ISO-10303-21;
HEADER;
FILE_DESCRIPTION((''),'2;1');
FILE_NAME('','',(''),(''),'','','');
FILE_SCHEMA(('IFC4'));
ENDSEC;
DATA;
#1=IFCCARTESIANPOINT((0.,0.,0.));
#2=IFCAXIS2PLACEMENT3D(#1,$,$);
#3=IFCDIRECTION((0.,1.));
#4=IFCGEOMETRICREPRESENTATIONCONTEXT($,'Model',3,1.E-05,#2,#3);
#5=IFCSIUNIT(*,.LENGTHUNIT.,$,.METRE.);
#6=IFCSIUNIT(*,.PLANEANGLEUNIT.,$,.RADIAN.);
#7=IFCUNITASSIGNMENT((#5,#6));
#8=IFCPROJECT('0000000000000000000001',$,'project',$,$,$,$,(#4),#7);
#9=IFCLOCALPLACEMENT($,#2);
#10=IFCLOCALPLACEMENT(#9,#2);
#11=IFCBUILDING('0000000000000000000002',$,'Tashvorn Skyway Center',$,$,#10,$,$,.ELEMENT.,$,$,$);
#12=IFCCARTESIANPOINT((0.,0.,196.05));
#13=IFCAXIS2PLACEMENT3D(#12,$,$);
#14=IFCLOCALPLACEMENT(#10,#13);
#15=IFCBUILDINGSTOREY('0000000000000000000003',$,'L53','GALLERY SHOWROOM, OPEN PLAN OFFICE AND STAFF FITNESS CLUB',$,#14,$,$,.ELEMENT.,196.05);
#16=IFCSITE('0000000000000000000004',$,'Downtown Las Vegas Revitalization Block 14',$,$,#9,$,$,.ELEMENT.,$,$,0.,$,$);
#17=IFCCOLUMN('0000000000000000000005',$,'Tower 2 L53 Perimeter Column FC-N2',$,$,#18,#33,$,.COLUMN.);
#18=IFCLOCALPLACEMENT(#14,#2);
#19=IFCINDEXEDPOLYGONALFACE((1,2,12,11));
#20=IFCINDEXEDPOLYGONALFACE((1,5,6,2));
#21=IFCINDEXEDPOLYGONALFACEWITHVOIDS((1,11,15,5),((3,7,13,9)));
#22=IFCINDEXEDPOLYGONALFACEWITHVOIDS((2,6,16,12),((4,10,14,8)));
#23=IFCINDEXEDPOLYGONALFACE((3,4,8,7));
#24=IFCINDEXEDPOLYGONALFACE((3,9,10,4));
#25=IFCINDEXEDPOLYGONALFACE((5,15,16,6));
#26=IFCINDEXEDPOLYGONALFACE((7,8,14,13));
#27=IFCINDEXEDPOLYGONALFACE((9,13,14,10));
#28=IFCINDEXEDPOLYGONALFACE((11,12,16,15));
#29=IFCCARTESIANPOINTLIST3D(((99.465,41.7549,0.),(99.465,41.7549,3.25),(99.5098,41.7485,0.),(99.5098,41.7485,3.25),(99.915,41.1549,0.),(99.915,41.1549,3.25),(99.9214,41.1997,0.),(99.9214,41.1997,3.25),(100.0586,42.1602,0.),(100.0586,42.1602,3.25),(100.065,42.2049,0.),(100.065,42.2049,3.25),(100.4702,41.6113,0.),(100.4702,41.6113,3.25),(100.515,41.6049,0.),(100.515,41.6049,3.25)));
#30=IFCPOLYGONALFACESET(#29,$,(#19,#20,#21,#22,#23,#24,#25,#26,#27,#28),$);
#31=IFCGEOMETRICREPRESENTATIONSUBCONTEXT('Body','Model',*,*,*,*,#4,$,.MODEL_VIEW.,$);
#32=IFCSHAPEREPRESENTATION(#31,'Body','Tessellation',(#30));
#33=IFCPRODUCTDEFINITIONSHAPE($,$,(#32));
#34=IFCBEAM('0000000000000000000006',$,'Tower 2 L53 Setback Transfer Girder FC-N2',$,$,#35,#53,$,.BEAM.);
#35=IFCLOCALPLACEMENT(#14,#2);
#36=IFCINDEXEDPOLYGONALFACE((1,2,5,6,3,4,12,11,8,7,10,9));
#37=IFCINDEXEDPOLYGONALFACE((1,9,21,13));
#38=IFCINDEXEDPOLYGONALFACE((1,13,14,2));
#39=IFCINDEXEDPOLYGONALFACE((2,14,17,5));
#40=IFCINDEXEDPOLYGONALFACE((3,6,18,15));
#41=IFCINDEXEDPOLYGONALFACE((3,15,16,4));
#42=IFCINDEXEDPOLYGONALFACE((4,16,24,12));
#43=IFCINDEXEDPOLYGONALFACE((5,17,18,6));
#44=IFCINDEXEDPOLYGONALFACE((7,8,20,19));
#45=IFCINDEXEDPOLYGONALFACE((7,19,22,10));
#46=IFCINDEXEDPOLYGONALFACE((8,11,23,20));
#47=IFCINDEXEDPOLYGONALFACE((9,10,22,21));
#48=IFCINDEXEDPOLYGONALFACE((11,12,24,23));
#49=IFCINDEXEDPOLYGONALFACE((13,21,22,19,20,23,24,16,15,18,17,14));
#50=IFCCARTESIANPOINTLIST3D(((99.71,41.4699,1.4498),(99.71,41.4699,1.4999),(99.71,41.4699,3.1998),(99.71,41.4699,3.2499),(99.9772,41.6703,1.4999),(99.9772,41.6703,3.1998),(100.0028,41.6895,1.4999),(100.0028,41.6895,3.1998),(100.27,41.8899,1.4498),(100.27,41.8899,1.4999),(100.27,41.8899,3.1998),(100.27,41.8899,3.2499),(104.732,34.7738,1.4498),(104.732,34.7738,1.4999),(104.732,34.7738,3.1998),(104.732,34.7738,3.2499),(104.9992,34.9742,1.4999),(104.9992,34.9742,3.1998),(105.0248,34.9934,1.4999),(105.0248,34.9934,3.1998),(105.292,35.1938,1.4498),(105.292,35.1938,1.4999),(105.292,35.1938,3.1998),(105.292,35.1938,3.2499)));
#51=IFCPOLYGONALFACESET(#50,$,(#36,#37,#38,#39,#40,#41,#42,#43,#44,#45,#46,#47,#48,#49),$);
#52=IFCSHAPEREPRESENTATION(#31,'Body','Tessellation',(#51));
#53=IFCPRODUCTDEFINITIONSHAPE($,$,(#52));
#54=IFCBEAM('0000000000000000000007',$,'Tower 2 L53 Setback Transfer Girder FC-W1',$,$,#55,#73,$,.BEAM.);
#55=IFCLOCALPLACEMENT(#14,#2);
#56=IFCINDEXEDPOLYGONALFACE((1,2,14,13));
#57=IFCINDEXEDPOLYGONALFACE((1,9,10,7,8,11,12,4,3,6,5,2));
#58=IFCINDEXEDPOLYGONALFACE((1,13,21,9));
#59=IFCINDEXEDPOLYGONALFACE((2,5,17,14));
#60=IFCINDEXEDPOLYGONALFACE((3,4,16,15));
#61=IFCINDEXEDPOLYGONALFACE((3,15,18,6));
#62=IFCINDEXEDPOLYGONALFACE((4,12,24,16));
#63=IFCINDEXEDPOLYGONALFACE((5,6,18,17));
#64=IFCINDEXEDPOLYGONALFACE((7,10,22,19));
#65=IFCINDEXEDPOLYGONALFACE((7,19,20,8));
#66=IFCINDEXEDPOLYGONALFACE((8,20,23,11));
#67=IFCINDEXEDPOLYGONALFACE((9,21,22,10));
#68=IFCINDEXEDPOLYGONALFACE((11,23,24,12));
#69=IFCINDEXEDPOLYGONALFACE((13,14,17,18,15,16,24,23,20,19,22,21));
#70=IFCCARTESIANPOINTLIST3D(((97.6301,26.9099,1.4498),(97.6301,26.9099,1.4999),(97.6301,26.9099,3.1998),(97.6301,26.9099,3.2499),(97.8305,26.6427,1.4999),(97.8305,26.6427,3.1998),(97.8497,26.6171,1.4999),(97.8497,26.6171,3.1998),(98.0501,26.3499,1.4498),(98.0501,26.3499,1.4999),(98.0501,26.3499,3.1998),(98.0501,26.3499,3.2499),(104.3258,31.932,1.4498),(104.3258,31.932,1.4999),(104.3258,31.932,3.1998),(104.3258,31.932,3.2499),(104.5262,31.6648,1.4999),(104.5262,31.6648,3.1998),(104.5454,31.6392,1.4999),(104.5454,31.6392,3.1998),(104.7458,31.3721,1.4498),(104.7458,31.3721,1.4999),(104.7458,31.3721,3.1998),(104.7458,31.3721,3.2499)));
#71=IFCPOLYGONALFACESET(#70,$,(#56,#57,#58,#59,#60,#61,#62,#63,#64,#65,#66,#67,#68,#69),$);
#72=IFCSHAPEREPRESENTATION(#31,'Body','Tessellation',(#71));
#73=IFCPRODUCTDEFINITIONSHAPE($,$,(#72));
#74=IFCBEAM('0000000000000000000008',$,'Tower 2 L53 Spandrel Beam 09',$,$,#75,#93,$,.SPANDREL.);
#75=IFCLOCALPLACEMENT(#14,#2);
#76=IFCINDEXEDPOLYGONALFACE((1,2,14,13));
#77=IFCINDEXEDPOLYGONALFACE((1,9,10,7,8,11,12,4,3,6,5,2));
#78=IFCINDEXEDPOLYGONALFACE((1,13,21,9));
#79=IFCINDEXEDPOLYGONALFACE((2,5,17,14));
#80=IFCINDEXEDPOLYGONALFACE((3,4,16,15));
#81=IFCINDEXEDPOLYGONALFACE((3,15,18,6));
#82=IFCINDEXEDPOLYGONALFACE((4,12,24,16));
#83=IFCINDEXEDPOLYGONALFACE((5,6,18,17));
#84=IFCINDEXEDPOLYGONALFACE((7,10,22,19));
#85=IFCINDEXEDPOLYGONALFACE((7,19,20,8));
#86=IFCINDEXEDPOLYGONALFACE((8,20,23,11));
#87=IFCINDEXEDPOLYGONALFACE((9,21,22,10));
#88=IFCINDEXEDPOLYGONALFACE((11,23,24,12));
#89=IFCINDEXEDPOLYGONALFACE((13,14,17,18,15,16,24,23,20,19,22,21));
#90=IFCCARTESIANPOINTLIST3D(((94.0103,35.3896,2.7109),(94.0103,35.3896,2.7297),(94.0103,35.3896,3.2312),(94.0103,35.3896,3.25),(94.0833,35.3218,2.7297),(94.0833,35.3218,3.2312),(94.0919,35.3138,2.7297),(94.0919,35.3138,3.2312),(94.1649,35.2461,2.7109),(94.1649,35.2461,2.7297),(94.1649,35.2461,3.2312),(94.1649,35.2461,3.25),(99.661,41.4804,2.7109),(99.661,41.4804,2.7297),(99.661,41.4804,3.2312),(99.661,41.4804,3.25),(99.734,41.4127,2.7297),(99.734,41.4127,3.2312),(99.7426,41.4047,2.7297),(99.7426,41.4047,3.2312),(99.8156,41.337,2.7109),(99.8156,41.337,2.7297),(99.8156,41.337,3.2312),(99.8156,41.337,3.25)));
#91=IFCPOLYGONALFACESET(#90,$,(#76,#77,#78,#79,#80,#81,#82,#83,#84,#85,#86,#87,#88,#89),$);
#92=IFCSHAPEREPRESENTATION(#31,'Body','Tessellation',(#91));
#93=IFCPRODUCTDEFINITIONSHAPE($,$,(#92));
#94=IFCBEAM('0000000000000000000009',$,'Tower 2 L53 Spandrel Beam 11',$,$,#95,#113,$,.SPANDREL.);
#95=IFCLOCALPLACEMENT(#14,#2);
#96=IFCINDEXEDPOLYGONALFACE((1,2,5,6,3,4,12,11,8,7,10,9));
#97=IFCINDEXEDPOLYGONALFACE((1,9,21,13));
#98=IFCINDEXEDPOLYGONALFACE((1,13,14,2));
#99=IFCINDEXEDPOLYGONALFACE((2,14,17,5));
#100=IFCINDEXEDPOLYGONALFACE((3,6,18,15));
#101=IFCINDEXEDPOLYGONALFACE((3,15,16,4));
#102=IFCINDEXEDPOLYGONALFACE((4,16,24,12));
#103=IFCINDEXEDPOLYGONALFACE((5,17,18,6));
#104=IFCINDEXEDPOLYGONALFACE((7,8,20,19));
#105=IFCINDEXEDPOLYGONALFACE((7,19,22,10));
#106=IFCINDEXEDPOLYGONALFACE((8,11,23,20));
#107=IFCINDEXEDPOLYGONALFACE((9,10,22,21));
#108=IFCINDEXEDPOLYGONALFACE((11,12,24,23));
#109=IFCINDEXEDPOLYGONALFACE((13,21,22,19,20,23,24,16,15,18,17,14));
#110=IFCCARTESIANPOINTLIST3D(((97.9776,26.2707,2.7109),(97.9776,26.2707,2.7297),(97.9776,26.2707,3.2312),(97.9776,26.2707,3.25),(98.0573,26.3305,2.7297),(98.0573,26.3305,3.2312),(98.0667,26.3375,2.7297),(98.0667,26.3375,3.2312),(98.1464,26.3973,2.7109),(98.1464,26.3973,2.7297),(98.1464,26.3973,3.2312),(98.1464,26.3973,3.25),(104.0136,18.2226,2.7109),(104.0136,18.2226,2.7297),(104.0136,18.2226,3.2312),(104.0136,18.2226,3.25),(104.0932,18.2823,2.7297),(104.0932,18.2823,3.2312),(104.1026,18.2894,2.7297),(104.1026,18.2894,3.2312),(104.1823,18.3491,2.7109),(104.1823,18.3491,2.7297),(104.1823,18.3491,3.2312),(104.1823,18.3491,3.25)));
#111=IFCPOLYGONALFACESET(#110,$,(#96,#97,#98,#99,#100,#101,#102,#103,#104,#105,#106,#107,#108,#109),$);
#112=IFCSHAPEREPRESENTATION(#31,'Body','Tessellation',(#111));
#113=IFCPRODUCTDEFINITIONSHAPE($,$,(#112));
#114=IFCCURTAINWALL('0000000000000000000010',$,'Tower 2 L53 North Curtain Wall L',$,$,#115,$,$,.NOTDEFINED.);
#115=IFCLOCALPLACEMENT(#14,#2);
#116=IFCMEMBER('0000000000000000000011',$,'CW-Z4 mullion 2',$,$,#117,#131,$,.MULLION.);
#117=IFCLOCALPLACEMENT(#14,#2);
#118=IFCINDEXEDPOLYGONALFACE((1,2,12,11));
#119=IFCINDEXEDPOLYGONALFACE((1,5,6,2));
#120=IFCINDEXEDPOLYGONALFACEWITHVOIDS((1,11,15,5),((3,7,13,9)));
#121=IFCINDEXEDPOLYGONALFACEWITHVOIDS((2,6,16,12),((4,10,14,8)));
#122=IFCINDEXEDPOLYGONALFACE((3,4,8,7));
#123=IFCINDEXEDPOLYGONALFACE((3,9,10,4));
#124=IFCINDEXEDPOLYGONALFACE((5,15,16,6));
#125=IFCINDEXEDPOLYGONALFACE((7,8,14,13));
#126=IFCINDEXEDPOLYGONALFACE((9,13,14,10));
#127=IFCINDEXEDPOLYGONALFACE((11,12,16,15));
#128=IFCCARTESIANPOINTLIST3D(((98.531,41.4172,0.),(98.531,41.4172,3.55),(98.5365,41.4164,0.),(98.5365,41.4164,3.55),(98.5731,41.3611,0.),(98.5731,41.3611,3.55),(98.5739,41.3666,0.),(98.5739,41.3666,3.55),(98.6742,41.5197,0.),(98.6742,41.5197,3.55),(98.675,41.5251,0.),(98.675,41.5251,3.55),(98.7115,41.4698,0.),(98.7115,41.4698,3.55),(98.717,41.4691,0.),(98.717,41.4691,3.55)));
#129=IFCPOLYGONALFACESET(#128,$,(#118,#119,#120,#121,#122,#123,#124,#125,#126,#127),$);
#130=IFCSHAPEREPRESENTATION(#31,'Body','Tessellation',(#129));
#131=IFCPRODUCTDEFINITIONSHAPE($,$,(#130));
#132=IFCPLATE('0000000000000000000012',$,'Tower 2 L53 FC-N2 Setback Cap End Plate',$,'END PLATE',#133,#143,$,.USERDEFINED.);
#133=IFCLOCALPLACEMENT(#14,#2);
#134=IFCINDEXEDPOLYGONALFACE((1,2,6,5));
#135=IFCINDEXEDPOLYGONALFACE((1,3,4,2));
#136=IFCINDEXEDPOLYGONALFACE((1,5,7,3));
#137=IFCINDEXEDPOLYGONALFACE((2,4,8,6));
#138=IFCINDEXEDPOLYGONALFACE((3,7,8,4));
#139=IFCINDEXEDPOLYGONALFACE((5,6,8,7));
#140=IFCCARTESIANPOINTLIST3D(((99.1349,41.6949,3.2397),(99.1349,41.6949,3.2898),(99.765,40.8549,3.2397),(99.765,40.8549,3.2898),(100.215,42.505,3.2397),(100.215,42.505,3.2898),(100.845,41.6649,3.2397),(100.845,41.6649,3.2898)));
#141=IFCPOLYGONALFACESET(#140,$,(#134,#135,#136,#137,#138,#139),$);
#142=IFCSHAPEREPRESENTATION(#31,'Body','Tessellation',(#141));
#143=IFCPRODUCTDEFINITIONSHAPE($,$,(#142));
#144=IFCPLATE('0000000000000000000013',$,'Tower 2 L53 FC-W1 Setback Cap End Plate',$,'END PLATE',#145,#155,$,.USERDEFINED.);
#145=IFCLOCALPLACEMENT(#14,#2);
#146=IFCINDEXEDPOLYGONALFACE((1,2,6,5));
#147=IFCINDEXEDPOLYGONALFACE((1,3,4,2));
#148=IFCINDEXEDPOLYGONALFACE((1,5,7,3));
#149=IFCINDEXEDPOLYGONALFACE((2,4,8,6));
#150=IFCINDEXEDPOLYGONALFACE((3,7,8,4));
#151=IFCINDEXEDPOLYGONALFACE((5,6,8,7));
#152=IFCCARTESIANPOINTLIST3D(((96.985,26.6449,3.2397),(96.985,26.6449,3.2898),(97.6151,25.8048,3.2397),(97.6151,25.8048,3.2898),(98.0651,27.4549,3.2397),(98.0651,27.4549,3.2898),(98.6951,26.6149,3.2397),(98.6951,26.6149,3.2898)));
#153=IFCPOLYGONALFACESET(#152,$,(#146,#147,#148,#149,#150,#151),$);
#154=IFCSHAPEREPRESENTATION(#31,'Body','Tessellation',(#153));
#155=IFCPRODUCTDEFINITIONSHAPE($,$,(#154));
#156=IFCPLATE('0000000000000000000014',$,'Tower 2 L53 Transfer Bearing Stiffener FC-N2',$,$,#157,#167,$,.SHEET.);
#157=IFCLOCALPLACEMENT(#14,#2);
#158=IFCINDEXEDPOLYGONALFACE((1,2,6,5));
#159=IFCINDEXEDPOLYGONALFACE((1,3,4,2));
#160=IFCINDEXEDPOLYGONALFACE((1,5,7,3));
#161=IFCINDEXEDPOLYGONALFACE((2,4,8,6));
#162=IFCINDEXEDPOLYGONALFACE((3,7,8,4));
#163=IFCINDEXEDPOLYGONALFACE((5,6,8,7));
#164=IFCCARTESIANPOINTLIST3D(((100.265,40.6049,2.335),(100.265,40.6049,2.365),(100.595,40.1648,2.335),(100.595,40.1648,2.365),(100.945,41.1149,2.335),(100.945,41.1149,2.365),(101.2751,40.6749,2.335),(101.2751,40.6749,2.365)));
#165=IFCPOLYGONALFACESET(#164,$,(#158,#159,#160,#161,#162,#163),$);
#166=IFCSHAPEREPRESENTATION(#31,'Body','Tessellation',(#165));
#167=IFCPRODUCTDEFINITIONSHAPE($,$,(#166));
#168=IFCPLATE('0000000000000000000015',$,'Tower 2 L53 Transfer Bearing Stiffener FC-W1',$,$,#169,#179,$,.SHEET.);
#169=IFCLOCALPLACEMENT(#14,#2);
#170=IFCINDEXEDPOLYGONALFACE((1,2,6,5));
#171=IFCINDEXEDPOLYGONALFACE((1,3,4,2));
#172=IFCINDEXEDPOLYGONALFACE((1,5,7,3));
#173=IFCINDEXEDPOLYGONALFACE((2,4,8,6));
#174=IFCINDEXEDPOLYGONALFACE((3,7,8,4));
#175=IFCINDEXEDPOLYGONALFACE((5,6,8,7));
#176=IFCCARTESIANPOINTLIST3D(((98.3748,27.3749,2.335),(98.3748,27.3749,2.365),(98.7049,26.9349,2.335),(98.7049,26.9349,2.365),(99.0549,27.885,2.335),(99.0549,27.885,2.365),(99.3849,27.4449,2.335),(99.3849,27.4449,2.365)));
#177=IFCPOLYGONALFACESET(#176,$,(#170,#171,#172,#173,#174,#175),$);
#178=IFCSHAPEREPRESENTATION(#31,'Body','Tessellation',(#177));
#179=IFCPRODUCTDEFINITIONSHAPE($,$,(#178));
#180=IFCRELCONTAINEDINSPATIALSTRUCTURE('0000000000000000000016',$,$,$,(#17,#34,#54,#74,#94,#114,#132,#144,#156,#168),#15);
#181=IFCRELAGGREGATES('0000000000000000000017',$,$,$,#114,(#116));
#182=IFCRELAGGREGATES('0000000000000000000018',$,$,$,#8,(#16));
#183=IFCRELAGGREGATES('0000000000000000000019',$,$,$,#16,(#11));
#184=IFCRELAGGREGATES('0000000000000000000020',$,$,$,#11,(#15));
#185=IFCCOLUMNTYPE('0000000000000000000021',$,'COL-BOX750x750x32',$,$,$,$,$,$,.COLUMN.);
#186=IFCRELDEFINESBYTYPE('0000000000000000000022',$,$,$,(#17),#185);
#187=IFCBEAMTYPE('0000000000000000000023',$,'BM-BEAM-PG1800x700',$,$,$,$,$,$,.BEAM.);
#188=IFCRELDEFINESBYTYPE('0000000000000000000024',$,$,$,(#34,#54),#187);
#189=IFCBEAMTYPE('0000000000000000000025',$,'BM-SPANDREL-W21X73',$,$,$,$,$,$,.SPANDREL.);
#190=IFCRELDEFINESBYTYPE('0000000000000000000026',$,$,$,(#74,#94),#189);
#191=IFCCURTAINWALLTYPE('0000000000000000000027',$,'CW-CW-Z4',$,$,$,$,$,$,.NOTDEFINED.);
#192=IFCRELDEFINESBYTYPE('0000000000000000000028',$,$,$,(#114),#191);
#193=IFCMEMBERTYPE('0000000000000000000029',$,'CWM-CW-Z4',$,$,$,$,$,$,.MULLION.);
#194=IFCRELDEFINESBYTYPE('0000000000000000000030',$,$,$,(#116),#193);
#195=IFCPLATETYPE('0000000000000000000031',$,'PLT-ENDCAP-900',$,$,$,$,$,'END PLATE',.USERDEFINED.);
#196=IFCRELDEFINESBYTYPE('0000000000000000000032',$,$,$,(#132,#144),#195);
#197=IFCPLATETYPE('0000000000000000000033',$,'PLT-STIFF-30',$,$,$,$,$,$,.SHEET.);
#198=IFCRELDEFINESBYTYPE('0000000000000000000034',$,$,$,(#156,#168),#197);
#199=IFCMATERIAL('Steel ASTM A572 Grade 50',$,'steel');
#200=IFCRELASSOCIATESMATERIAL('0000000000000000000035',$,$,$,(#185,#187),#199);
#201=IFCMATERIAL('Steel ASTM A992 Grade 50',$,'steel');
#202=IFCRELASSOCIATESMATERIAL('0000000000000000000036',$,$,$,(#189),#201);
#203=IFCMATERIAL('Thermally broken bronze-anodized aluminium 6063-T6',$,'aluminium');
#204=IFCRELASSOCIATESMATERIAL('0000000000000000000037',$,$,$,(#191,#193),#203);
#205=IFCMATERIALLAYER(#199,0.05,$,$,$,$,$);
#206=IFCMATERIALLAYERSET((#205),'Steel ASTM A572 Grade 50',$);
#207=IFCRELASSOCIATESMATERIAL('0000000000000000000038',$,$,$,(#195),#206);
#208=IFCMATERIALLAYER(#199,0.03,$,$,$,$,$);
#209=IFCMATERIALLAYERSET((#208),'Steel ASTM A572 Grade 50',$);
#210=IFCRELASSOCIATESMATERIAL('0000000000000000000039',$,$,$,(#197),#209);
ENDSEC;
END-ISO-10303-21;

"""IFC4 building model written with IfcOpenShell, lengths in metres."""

from ifc_helpers import new_model, si_unit, direction, frame, origin, origin_2d, place, context, subcontext, project, spatial, rectangle, hollow_rectangle, i_section, extrude, material, layer, layer_set, material_profile, profile_set, type_object, element, aggregate, save


model = new_model("IFC4")

# Units and contexts
model_context = context("Model", 3, precision=1e-05, world=origin(), true_north=direction((0.0, 1.0)))
body_context = subcontext(model_context, "Body", "Model", "MODEL_VIEW")
ifc_project = project(units=[si_unit("LENGTHUNIT", "METRE"), si_unit("PLANEANGLEUNIT", "RADIAN")], contexts=[model_context])

# Site, building, storey
site_placement = place(None, origin())
site = spatial("IfcSite", under=ifc_project, at=site_placement, Name="Downtown Las Vegas Revitalization Block 14", CompositionType="ELEMENT", RefElevation=0.0)
building_placement = place(site_placement, origin())
building = spatial("IfcBuilding", under=site, at=building_placement, Name="Tashvorn Skyway Center", CompositionType="ELEMENT")
storey_placement = place(building_placement, frame((0.0, 0.0, 196.05)))
storey = spatial("IfcBuildingStorey", under=building, at=storey_placement, Name="L53", Description="GALLERY SHOWROOM, OPEN PLAN OFFICE AND STAFF FITNESS CLUB", CompositionType="ELEMENT", Elevation=196.05)

# Column
ifc_material_1 = material(Name="Steel ASTM A572 Grade 50", Category="steel")
ifc_material_profile_1 = material_profile(ifc_material_1, hollow_rectangle(XDim=0.75, YDim=0.75, WallThickness=0.032, at=origin_2d()), Name="BOX750x750x32")
ifc_profile_set_1 = profile_set([ifc_material_profile_1], Name="Steel ASTM A572 Grade 50")
column_type = type_object("IfcColumnType", Name="COL-BOX750x750x32", PredefinedType="COLUMN", material=ifc_profile_set_1)
column_placement = place(storey_placement, frame((99.99, 41.6799, 0.0), z_axis=(0.0, 0.0, 1.0), x_axis=(0.8, 0.6, 0.0)))
element("IfcColumn", 1, at=column_placement, inside=storey, type_object=column_type, Name="Tower 2 L53 Perimeter Column FC-N2", PredefinedType="COLUMN", context=body_context, shape_type="SweptSolid", body=[
    extrude(hollow_rectangle(XDim=0.75, YDim=0.75, WallThickness=0.032, at=origin_2d()), origin(), (0.0, 0.0, 1.0), 3.25),
])

# Beams
ifc_material_profile_2 = material_profile(ifc_material_1, i_section(OverallWidth=0.7, OverallDepth=1.8, WebThickness=0.032, FlangeThickness=0.05, at=origin_2d()), Name="PG1800x700")
ifc_profile_set_2 = profile_set([ifc_material_profile_2], Name="Steel ASTM A572 Grade 50")
beam_type_1 = type_object("IfcBeamType", Name="BM-BEAM-PG1800x700", PredefinedType="BEAM", material=ifc_profile_set_2)
beam_1_placement = place(storey_placement, frame((99.99, 41.6799, 2.3499), z_axis=(0.599995, -0.800004, 0.0), x_axis=(0.800004, 0.599995, 0.0)))
element("IfcBeam", 2, at=beam_1_placement, inside=storey, type_object=beam_type_1, Name="Tower 2 L53 Setback Transfer Girder FC-N2", PredefinedType="BEAM", context=body_context, shape_type="SweptSolid", body=[
    extrude(i_section(OverallWidth=0.7, OverallDepth=1.8, WebThickness=0.032, FlangeThickness=0.05, at=origin_2d()), origin(), (0.0, 0.0, 1.0), 8.3701),
])
beam_2_placement = place(storey_placement, frame((97.8401, 26.6299, 2.3499), z_axis=(0.799979, 0.600028, 0.0), x_axis=(-0.600028, 0.799979, 0.0)))
element("IfcBeam", 3, at=beam_2_placement, inside=storey, type_object=beam_type_1, Name="Tower 2 L53 Setback Transfer Girder FC-W1", PredefinedType="BEAM", context=body_context, shape_type="SweptSolid", body=[
    extrude(i_section(OverallWidth=0.7, OverallDepth=1.8, WebThickness=0.032, FlangeThickness=0.05, at=origin_2d()), origin(), (0.0, 0.0, 1.0), 8.3699),
])
ifc_material_2 = material(Name="Steel ASTM A992 Grade 50", Category="steel")
ifc_material_profile_3 = material_profile(ifc_material_2, i_section(OverallWidth=0.2109, OverallDepth=0.5391, WebThickness=0.0117, FlangeThickness=0.0188, at=origin_2d()), Name="W21X73")
ifc_profile_set_3 = profile_set([ifc_material_profile_3], Name="Steel ASTM A992 Grade 50")
beam_type_2 = type_object("IfcBeamType", Name="BM-SPANDREL-W21X73", PredefinedType="SPANDREL", material=ifc_profile_set_3)
beam_3_placement = place(storey_placement, frame((99.7383, 41.4087, 2.9805), z_axis=(-0.68012, -0.733101, 0.0), x_axis=(0.733101, -0.68012, 0.0)))
element("IfcBeam", 4, at=beam_3_placement, inside=storey, type_object=beam_type_2, Name="Tower 2 L53 Spandrel Beam 09", PredefinedType="SPANDREL", context=body_context, shape_type="SweptSolid", body=[
    extrude(i_section(OverallWidth=0.2109, OverallDepth=0.5391, WebThickness=0.0117, FlangeThickness=0.0188, at=origin_2d()), origin(), (0.0, 0.0, 1.0), 8.3083),
])
beam_4_placement = place(storey_placement, frame((98.062, 26.334, 2.9805), z_axis=(0.599988, -0.800009, 0.0), x_axis=(0.800009, 0.599988, 0.0)))
element("IfcBeam", 5, at=beam_4_placement, inside=storey, type_object=beam_type_2, Name="Tower 2 L53 Spandrel Beam 11", PredefinedType="SPANDREL", context=body_context, shape_type="SweptSolid", body=[
    extrude(i_section(OverallWidth=0.2109, OverallDepth=0.5391, WebThickness=0.0117, FlangeThickness=0.0188, at=origin_2d()), origin(), (0.0, 0.0, 1.0), 10.0601),
])

# Curtain wall, member
ifc_material_3 = material(Name="Thermally broken bronze-anodized aluminium 6063-T6", Category="aluminium")
curtain_wall_type = type_object("IfcCurtainWallType", Name="CW-CW-Z4", PredefinedType="NOTDEFINED", material=ifc_material_3)
curtain_wall_placement = place(storey_placement, origin())
curtain_wall = element("IfcCurtainWall", 6, at=curtain_wall_placement, inside=storey, type_object=curtain_wall_type, Name="Tower 2 L53 North Curtain Wall L", PredefinedType="NOTDEFINED")
ifc_material_profile_4 = material_profile(ifc_material_3, hollow_rectangle(XDim=0.0701, YDim=0.1799, WallThickness=0.0039, at=origin_2d()), Name="ALU-MULL-70x180")
ifc_profile_set_4 = profile_set([ifc_material_profile_4], Name="Thermally broken bronze-anodized aluminium 6063-T6")
member_type = type_object("IfcMemberType", Name="CWM-CW-Z4", PredefinedType="MULLION", material=ifc_profile_set_4)
member_placement = place(storey_placement, frame((98.624, 41.4431, 0.0), z_axis=(0.0, 0.0, 1.0), x_axis=(-0.6, 0.8, 0.0)))
member = element("IfcMember", 7, at=member_placement, type_object=member_type, Name="CW-Z4 mullion 2", PredefinedType="MULLION", context=body_context, shape_type="SweptSolid", body=[
    extrude(hollow_rectangle(XDim=0.0701, YDim=0.1799, WallThickness=0.0039, at=origin_2d()), origin(), (0.0, 0.0, 1.0), 3.55),
])
aggregate(curtain_wall, [member])

# Plates
ifc_layer_1 = layer(ifc_material_1, 0.05)
ifc_layer_set_1 = layer_set([ifc_layer_1], Name="Steel ASTM A572 Grade 50")
plate_type_1 = type_object("IfcPlateType", Name="PLT-ENDCAP-900", ElementType="END PLATE", PredefinedType="USERDEFINED", material=ifc_layer_set_1)
for number, where, z_axis, x_axis, name in (
    (8, (99.99, 41.6799, 3.2397), (0.0, 0.0, 1.0), (0.8, 0.6, 0.0), "Tower 2 L53 FC-N2 Setback Cap End Plate"),
    (9, (97.8401, 26.6299, 3.2397), (0.0, 0.0, 1.0), (0.8, 0.6, 0.0), "Tower 2 L53 FC-W1 Setback Cap End Plate"),
):
    element("IfcPlate", number, at=place(storey_placement, frame(where, z_axis=z_axis, x_axis=x_axis)), inside=storey, type_object=plate_type_1, Name=name, ObjectType="END PLATE", PredefinedType="USERDEFINED", context=body_context, shape_type="SweptSolid", body=[
        extrude(rectangle(XDim=1.3501, YDim=1.05, at=origin_2d()), origin(), (0.0, 0.0, 1.0), 0.05),
    ])
ifc_layer_2 = layer(ifc_material_1, 0.03)
ifc_layer_set_2 = layer_set([ifc_layer_2], Name="Steel ASTM A572 Grade 50")
plate_type_2 = type_object("IfcPlateType", Name="PLT-STIFF-30", PredefinedType="SHEET", material=ifc_layer_set_2)
for number, where, z_axis, x_axis, name in (
    (10, (100.77, 40.6399, 2.335), (0.0, 0.0, 1.0), (0.8, 0.6, 0.0), "Tower 2 L53 Transfer Bearing Stiffener FC-N2"),
    (11, (98.8799, 27.4099, 2.335), (0.0, 0.0, 1.0), (0.8, 0.6, 0.0), "Tower 2 L53 Transfer Bearing Stiffener FC-W1"),
):
    element("IfcPlate", number, at=place(storey_placement, frame(where, z_axis=z_axis, x_axis=x_axis)), inside=storey, type_object=plate_type_2, Name=name, PredefinedType="SHEET", context=body_context, shape_type="SweptSolid", body=[
        extrude(rectangle(XDim=0.8501, YDim=0.55, at=origin_2d()), origin(), (0.0, 0.0, 1.0), 0.03),
    ])

save(model, "model.ifc")
